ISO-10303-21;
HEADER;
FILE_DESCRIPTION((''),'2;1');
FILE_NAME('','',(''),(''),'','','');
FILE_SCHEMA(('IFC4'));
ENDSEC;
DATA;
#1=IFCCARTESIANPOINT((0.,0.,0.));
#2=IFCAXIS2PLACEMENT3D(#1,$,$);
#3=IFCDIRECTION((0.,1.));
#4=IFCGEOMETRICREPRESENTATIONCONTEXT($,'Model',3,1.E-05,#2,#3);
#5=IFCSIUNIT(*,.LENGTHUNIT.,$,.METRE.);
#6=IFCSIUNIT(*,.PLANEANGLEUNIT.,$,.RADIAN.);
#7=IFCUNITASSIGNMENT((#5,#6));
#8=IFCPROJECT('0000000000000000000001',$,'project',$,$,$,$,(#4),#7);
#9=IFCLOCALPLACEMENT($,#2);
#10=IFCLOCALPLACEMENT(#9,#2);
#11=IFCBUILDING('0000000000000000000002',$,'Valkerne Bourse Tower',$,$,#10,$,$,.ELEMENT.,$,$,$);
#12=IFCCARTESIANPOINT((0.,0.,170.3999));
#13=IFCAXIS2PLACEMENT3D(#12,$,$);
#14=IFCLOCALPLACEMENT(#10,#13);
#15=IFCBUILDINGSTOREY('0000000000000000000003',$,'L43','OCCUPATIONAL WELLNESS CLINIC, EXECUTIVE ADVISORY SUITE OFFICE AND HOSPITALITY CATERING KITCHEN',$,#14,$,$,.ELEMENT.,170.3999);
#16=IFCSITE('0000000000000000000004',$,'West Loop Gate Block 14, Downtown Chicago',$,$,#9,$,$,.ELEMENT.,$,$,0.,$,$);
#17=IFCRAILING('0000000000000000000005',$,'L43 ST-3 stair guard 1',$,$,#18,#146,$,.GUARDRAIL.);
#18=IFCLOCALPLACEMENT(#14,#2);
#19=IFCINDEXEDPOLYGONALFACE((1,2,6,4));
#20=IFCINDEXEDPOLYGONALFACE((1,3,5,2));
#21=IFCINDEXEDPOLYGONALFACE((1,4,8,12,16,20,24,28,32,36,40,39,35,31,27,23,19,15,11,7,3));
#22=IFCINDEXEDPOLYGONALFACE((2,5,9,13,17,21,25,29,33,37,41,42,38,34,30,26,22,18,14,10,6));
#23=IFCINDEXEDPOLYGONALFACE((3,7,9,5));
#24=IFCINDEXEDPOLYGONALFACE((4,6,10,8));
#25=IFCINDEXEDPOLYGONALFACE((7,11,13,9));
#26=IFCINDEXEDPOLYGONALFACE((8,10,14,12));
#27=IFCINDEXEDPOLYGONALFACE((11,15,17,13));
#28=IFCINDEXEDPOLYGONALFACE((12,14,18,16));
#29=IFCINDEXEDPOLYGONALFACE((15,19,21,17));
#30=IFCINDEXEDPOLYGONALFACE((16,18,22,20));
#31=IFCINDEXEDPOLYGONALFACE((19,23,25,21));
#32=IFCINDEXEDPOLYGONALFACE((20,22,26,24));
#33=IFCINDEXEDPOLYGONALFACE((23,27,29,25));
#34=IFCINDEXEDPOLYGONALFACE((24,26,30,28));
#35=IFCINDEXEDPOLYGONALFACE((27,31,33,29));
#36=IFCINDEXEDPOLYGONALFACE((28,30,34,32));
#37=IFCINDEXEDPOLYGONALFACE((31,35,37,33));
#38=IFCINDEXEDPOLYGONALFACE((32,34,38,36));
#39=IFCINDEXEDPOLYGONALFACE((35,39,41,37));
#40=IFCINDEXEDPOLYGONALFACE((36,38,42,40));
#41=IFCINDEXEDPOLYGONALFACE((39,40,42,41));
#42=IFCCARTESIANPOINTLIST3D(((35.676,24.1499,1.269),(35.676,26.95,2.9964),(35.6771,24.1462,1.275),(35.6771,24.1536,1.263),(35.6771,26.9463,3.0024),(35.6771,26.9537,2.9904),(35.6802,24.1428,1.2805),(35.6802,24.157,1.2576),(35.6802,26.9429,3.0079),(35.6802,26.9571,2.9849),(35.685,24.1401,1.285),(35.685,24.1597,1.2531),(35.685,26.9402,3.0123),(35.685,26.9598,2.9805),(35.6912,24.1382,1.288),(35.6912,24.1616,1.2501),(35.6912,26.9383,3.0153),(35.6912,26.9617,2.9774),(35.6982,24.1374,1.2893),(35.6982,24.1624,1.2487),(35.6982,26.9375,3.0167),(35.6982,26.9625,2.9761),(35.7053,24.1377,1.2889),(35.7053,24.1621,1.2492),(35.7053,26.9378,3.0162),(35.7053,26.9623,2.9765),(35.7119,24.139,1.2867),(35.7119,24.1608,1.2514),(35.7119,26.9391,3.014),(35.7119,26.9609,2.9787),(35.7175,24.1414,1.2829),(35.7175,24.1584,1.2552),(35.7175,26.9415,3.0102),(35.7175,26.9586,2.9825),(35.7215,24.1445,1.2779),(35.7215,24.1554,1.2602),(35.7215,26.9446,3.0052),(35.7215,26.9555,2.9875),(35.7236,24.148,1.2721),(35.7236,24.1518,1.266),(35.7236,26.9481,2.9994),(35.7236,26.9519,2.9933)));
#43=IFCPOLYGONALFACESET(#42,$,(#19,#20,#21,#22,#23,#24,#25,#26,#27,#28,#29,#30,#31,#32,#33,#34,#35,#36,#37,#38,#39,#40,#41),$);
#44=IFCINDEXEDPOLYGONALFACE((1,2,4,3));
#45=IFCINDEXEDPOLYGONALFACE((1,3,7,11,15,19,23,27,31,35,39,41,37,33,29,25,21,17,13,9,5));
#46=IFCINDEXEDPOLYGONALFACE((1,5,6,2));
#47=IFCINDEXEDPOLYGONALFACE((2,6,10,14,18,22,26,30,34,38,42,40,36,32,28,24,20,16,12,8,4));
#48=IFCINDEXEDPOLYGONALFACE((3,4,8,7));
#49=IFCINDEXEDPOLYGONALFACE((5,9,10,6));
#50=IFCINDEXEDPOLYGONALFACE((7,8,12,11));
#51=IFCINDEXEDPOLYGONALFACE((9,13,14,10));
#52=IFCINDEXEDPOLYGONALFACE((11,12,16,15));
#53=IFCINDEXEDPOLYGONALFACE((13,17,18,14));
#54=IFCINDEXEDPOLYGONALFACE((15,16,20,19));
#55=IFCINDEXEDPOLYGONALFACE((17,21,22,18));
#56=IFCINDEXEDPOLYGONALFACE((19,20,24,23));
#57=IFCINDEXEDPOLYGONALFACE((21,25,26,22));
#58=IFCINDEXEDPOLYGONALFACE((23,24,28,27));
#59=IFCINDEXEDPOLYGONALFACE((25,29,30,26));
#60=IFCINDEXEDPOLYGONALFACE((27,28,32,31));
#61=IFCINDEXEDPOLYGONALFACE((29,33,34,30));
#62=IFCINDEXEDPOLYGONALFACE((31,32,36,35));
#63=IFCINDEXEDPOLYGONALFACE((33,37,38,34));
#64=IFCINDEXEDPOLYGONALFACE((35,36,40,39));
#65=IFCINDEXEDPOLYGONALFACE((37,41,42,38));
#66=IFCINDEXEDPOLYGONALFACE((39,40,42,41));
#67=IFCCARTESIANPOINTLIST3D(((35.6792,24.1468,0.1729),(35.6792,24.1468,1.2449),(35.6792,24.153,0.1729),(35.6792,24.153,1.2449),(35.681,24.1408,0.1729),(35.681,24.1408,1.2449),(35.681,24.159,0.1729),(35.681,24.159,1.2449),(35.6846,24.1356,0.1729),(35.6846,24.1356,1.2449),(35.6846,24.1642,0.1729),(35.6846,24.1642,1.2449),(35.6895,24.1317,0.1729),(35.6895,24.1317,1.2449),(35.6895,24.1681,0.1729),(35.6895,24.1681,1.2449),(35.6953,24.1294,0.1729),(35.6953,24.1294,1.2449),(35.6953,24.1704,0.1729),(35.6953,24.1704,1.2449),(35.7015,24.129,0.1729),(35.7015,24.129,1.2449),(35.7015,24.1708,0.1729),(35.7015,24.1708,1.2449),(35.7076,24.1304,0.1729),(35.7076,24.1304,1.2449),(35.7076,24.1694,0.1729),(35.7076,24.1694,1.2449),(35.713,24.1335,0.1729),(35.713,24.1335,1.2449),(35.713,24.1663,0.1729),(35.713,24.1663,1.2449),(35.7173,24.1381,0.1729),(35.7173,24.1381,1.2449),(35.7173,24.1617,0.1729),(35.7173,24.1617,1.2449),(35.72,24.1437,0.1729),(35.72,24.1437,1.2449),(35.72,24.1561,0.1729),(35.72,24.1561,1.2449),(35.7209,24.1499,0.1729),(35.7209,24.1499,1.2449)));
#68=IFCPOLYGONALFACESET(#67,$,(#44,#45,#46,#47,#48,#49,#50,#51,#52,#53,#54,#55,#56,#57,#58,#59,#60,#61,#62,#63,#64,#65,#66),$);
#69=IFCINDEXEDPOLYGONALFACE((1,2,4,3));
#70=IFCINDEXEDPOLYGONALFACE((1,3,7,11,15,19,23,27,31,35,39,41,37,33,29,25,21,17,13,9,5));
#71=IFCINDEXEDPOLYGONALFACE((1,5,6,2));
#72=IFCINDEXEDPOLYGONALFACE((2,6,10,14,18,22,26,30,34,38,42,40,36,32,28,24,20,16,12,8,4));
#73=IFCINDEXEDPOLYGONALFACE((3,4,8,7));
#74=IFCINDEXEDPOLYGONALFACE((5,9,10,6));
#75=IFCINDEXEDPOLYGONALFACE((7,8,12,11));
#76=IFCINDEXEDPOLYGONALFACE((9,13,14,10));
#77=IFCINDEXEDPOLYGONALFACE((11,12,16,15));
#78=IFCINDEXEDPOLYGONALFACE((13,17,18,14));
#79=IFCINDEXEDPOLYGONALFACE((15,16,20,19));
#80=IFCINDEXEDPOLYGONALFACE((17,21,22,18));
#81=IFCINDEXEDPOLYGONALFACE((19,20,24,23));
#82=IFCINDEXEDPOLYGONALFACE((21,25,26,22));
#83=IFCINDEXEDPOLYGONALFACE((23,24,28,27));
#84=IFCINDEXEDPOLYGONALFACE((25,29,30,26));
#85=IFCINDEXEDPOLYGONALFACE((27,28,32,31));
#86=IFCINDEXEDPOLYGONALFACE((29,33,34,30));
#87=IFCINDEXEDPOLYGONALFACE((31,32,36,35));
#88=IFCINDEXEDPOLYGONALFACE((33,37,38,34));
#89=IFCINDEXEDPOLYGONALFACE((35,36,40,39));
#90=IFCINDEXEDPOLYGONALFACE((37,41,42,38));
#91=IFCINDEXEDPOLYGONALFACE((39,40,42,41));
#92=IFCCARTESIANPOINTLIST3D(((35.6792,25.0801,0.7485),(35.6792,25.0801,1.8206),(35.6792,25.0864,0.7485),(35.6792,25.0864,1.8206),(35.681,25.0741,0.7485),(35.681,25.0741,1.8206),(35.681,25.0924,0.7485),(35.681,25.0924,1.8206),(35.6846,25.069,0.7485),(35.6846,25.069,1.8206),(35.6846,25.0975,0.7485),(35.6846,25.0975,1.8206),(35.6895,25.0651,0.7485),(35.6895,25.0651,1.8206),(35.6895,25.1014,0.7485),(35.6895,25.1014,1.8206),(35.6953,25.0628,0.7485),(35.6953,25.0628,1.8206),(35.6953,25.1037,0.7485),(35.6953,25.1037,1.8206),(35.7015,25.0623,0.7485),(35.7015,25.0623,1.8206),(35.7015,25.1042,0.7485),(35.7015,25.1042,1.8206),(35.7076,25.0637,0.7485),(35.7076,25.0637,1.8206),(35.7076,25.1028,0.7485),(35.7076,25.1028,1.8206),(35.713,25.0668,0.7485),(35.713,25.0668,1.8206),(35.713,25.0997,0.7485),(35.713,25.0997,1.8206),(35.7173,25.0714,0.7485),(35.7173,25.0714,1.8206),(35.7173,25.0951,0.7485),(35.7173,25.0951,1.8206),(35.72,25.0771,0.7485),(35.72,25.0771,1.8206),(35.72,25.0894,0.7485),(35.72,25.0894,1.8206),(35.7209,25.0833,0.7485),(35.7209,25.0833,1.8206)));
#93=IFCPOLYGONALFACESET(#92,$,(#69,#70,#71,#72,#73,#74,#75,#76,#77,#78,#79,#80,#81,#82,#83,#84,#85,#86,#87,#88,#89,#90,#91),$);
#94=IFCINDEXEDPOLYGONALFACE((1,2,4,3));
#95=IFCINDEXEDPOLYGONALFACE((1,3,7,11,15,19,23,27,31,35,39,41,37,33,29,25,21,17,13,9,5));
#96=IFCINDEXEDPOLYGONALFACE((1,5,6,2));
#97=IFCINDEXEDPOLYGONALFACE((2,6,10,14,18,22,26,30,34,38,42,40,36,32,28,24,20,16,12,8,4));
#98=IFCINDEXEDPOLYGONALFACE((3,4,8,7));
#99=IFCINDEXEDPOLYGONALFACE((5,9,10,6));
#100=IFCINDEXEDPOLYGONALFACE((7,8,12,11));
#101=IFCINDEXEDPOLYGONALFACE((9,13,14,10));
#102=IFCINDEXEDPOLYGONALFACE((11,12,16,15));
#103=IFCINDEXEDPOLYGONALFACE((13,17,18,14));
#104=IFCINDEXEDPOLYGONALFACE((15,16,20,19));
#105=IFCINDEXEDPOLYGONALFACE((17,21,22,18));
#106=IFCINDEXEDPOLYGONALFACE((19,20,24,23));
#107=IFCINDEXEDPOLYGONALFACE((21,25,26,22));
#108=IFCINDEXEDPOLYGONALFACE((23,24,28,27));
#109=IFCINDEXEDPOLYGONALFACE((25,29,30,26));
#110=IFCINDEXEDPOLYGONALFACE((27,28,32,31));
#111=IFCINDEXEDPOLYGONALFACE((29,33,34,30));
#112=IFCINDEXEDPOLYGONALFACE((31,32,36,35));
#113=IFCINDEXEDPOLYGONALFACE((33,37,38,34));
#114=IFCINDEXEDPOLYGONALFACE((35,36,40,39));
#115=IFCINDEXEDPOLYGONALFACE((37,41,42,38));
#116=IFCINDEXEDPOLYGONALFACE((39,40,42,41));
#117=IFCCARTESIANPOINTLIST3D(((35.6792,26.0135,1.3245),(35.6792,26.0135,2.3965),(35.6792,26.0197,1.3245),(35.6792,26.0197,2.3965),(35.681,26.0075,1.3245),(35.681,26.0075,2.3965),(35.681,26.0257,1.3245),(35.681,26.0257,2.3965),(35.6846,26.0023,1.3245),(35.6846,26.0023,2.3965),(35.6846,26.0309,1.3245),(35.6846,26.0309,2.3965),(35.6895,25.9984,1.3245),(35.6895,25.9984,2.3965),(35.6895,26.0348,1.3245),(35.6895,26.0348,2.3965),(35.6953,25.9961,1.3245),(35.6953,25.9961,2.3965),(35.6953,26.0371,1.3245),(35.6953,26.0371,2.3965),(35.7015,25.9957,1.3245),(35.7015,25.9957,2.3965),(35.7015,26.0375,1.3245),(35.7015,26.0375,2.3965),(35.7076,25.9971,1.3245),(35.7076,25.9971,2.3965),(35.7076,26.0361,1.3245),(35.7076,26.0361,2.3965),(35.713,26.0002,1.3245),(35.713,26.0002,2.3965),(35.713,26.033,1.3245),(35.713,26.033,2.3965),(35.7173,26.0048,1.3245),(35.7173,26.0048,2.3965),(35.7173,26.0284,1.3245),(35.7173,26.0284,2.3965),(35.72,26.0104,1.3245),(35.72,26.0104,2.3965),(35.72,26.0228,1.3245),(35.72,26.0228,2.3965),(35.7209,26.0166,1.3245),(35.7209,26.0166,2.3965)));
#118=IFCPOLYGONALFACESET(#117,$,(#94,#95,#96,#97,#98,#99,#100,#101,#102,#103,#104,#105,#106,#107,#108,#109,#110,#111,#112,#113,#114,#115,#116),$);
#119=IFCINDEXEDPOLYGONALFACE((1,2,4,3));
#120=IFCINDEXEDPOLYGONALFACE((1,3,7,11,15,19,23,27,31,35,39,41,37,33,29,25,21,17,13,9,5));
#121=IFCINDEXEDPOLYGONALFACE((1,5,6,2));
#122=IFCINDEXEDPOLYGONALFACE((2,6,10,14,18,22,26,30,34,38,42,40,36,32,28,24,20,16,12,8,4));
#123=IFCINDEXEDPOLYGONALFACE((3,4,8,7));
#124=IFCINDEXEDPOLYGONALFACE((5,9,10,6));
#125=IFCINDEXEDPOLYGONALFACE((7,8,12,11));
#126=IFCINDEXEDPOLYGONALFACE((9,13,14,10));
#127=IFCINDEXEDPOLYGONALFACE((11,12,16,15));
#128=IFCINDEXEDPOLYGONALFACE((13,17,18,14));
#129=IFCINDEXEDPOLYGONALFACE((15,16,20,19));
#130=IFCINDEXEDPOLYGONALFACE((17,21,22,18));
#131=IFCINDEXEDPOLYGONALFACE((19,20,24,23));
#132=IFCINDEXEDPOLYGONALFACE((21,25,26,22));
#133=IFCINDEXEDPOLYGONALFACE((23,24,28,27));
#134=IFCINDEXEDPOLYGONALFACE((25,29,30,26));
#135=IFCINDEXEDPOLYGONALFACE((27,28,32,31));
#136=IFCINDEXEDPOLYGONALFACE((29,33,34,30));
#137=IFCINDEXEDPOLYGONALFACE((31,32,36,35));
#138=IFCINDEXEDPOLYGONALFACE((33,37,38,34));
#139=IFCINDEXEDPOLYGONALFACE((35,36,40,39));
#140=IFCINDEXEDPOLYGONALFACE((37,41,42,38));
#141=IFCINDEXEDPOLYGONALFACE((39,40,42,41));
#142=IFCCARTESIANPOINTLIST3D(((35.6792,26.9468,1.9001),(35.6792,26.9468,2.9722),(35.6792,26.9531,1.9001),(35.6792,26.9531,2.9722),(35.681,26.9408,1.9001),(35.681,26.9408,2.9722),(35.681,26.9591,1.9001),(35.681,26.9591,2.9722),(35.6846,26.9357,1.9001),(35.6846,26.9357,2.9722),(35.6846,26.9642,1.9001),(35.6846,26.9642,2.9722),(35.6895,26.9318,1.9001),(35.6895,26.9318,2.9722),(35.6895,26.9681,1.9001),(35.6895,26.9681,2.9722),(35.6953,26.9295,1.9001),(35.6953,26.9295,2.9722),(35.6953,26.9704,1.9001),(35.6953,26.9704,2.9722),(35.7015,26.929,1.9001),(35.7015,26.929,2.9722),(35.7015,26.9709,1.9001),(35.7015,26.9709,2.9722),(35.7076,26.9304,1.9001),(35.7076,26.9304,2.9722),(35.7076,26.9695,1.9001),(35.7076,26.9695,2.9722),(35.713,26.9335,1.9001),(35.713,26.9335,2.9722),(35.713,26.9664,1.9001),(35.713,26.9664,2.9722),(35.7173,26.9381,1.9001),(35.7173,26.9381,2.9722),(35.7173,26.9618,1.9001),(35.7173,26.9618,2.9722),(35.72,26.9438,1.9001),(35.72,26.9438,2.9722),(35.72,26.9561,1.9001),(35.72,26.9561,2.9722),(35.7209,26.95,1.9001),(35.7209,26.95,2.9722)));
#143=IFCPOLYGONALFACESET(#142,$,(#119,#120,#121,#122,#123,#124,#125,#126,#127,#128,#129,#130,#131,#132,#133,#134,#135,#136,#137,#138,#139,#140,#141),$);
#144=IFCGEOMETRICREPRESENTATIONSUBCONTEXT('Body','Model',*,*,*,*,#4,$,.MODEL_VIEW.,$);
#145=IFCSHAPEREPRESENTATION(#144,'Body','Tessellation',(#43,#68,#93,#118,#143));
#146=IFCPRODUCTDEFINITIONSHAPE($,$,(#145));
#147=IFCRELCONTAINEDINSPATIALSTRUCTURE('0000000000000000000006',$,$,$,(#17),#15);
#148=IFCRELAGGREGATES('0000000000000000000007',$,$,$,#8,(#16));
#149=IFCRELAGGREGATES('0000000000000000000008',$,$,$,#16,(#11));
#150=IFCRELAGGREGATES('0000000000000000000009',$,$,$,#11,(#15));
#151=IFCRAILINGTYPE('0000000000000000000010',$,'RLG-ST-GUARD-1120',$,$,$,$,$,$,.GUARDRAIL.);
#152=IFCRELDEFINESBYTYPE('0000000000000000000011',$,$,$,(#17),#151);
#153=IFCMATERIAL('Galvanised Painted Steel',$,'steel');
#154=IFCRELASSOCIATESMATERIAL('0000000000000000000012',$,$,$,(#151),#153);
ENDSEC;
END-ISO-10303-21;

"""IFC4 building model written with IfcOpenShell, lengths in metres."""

from ifc_helpers import new_model, si_unit, direction, frame, origin, origin_2d, place, context, subcontext, project, spatial, circle, extrude, material, type_object, element, save


model = new_model("IFC4")

# Units and contexts
model_context = context("Model", 3, precision=1e-05, world=origin(), true_north=direction((0.0, 1.0)))
body_context = subcontext(model_context, "Body", "Model", "MODEL_VIEW")
ifc_project = project(units=[si_unit("LENGTHUNIT", "METRE"), si_unit("PLANEANGLEUNIT", "RADIAN")], contexts=[model_context])

# Site, building, storey
site_placement = place(None, origin())
site = spatial("IfcSite", under=ifc_project, at=site_placement, Name="West Loop Gate Block 14, Downtown Chicago", CompositionType="ELEMENT", RefElevation=0.0)
building_placement = place(site_placement, origin())
building = spatial("IfcBuilding", under=site, at=building_placement, Name="Valkerne Bourse Tower", CompositionType="ELEMENT")
storey_placement = place(building_placement, frame((0.0, 0.0, 170.3999)))
storey = spatial("IfcBuildingStorey", under=building, at=storey_placement, Name="L43", Description="OCCUPATIONAL WELLNESS CLINIC, EXECUTIVE ADVISORY SUITE OFFICE AND HOSPITALITY CATERING KITCHEN", CompositionType="ELEMENT", Elevation=170.3999)

# Railing
ifc_material_1 = material(Name="Galvanised Painted Steel", Category="steel")
railing_type_1 = type_object("IfcRailingType", Name="RLG-ST-GUARD-1120", PredefinedType="GUARDRAIL", material=ifc_material_1)
railing_1_placement = place(storey_placement, frame((35.7, 24.1499, 0.1729)))
element("IfcRailing", 1, at=railing_1_placement, inside=storey, type_object=railing_type_1, Name="L43 ST-3 stair guard 1", PredefinedType="GUARDRAIL", context=body_context, shape_type="SweptSolid", body=[
    extrude(circle(Radius=0.0239, at=origin_2d()), frame((0.0, 0.0, 1.0962), z_axis=(0.0, 0.85109, 0.52502), x_axis=(-1.0, 0.0, 0.0)), (0.0, 0.0, 1.0), 3.29),
    extrude(circle(Radius=0.021, at=origin_2d()), origin(), (0.0, 0.0, 1.0), 1.072),
    extrude(circle(Radius=0.021, at=origin_2d()), frame((0.0, 0.9333, 0.5757)), (0.0, 0.0, 1.0), 1.072),
    extrude(circle(Radius=0.021, at=origin_2d()), frame((0.0, 1.8667, 1.1516)), (0.0, 0.0, 1.0), 1.072),
    extrude(circle(Radius=0.021, at=origin_2d()), frame((0.0, 2.8, 1.7273)), (0.0, 0.0, 1.0), 1.072),
])

save(model, "model.ifc")
